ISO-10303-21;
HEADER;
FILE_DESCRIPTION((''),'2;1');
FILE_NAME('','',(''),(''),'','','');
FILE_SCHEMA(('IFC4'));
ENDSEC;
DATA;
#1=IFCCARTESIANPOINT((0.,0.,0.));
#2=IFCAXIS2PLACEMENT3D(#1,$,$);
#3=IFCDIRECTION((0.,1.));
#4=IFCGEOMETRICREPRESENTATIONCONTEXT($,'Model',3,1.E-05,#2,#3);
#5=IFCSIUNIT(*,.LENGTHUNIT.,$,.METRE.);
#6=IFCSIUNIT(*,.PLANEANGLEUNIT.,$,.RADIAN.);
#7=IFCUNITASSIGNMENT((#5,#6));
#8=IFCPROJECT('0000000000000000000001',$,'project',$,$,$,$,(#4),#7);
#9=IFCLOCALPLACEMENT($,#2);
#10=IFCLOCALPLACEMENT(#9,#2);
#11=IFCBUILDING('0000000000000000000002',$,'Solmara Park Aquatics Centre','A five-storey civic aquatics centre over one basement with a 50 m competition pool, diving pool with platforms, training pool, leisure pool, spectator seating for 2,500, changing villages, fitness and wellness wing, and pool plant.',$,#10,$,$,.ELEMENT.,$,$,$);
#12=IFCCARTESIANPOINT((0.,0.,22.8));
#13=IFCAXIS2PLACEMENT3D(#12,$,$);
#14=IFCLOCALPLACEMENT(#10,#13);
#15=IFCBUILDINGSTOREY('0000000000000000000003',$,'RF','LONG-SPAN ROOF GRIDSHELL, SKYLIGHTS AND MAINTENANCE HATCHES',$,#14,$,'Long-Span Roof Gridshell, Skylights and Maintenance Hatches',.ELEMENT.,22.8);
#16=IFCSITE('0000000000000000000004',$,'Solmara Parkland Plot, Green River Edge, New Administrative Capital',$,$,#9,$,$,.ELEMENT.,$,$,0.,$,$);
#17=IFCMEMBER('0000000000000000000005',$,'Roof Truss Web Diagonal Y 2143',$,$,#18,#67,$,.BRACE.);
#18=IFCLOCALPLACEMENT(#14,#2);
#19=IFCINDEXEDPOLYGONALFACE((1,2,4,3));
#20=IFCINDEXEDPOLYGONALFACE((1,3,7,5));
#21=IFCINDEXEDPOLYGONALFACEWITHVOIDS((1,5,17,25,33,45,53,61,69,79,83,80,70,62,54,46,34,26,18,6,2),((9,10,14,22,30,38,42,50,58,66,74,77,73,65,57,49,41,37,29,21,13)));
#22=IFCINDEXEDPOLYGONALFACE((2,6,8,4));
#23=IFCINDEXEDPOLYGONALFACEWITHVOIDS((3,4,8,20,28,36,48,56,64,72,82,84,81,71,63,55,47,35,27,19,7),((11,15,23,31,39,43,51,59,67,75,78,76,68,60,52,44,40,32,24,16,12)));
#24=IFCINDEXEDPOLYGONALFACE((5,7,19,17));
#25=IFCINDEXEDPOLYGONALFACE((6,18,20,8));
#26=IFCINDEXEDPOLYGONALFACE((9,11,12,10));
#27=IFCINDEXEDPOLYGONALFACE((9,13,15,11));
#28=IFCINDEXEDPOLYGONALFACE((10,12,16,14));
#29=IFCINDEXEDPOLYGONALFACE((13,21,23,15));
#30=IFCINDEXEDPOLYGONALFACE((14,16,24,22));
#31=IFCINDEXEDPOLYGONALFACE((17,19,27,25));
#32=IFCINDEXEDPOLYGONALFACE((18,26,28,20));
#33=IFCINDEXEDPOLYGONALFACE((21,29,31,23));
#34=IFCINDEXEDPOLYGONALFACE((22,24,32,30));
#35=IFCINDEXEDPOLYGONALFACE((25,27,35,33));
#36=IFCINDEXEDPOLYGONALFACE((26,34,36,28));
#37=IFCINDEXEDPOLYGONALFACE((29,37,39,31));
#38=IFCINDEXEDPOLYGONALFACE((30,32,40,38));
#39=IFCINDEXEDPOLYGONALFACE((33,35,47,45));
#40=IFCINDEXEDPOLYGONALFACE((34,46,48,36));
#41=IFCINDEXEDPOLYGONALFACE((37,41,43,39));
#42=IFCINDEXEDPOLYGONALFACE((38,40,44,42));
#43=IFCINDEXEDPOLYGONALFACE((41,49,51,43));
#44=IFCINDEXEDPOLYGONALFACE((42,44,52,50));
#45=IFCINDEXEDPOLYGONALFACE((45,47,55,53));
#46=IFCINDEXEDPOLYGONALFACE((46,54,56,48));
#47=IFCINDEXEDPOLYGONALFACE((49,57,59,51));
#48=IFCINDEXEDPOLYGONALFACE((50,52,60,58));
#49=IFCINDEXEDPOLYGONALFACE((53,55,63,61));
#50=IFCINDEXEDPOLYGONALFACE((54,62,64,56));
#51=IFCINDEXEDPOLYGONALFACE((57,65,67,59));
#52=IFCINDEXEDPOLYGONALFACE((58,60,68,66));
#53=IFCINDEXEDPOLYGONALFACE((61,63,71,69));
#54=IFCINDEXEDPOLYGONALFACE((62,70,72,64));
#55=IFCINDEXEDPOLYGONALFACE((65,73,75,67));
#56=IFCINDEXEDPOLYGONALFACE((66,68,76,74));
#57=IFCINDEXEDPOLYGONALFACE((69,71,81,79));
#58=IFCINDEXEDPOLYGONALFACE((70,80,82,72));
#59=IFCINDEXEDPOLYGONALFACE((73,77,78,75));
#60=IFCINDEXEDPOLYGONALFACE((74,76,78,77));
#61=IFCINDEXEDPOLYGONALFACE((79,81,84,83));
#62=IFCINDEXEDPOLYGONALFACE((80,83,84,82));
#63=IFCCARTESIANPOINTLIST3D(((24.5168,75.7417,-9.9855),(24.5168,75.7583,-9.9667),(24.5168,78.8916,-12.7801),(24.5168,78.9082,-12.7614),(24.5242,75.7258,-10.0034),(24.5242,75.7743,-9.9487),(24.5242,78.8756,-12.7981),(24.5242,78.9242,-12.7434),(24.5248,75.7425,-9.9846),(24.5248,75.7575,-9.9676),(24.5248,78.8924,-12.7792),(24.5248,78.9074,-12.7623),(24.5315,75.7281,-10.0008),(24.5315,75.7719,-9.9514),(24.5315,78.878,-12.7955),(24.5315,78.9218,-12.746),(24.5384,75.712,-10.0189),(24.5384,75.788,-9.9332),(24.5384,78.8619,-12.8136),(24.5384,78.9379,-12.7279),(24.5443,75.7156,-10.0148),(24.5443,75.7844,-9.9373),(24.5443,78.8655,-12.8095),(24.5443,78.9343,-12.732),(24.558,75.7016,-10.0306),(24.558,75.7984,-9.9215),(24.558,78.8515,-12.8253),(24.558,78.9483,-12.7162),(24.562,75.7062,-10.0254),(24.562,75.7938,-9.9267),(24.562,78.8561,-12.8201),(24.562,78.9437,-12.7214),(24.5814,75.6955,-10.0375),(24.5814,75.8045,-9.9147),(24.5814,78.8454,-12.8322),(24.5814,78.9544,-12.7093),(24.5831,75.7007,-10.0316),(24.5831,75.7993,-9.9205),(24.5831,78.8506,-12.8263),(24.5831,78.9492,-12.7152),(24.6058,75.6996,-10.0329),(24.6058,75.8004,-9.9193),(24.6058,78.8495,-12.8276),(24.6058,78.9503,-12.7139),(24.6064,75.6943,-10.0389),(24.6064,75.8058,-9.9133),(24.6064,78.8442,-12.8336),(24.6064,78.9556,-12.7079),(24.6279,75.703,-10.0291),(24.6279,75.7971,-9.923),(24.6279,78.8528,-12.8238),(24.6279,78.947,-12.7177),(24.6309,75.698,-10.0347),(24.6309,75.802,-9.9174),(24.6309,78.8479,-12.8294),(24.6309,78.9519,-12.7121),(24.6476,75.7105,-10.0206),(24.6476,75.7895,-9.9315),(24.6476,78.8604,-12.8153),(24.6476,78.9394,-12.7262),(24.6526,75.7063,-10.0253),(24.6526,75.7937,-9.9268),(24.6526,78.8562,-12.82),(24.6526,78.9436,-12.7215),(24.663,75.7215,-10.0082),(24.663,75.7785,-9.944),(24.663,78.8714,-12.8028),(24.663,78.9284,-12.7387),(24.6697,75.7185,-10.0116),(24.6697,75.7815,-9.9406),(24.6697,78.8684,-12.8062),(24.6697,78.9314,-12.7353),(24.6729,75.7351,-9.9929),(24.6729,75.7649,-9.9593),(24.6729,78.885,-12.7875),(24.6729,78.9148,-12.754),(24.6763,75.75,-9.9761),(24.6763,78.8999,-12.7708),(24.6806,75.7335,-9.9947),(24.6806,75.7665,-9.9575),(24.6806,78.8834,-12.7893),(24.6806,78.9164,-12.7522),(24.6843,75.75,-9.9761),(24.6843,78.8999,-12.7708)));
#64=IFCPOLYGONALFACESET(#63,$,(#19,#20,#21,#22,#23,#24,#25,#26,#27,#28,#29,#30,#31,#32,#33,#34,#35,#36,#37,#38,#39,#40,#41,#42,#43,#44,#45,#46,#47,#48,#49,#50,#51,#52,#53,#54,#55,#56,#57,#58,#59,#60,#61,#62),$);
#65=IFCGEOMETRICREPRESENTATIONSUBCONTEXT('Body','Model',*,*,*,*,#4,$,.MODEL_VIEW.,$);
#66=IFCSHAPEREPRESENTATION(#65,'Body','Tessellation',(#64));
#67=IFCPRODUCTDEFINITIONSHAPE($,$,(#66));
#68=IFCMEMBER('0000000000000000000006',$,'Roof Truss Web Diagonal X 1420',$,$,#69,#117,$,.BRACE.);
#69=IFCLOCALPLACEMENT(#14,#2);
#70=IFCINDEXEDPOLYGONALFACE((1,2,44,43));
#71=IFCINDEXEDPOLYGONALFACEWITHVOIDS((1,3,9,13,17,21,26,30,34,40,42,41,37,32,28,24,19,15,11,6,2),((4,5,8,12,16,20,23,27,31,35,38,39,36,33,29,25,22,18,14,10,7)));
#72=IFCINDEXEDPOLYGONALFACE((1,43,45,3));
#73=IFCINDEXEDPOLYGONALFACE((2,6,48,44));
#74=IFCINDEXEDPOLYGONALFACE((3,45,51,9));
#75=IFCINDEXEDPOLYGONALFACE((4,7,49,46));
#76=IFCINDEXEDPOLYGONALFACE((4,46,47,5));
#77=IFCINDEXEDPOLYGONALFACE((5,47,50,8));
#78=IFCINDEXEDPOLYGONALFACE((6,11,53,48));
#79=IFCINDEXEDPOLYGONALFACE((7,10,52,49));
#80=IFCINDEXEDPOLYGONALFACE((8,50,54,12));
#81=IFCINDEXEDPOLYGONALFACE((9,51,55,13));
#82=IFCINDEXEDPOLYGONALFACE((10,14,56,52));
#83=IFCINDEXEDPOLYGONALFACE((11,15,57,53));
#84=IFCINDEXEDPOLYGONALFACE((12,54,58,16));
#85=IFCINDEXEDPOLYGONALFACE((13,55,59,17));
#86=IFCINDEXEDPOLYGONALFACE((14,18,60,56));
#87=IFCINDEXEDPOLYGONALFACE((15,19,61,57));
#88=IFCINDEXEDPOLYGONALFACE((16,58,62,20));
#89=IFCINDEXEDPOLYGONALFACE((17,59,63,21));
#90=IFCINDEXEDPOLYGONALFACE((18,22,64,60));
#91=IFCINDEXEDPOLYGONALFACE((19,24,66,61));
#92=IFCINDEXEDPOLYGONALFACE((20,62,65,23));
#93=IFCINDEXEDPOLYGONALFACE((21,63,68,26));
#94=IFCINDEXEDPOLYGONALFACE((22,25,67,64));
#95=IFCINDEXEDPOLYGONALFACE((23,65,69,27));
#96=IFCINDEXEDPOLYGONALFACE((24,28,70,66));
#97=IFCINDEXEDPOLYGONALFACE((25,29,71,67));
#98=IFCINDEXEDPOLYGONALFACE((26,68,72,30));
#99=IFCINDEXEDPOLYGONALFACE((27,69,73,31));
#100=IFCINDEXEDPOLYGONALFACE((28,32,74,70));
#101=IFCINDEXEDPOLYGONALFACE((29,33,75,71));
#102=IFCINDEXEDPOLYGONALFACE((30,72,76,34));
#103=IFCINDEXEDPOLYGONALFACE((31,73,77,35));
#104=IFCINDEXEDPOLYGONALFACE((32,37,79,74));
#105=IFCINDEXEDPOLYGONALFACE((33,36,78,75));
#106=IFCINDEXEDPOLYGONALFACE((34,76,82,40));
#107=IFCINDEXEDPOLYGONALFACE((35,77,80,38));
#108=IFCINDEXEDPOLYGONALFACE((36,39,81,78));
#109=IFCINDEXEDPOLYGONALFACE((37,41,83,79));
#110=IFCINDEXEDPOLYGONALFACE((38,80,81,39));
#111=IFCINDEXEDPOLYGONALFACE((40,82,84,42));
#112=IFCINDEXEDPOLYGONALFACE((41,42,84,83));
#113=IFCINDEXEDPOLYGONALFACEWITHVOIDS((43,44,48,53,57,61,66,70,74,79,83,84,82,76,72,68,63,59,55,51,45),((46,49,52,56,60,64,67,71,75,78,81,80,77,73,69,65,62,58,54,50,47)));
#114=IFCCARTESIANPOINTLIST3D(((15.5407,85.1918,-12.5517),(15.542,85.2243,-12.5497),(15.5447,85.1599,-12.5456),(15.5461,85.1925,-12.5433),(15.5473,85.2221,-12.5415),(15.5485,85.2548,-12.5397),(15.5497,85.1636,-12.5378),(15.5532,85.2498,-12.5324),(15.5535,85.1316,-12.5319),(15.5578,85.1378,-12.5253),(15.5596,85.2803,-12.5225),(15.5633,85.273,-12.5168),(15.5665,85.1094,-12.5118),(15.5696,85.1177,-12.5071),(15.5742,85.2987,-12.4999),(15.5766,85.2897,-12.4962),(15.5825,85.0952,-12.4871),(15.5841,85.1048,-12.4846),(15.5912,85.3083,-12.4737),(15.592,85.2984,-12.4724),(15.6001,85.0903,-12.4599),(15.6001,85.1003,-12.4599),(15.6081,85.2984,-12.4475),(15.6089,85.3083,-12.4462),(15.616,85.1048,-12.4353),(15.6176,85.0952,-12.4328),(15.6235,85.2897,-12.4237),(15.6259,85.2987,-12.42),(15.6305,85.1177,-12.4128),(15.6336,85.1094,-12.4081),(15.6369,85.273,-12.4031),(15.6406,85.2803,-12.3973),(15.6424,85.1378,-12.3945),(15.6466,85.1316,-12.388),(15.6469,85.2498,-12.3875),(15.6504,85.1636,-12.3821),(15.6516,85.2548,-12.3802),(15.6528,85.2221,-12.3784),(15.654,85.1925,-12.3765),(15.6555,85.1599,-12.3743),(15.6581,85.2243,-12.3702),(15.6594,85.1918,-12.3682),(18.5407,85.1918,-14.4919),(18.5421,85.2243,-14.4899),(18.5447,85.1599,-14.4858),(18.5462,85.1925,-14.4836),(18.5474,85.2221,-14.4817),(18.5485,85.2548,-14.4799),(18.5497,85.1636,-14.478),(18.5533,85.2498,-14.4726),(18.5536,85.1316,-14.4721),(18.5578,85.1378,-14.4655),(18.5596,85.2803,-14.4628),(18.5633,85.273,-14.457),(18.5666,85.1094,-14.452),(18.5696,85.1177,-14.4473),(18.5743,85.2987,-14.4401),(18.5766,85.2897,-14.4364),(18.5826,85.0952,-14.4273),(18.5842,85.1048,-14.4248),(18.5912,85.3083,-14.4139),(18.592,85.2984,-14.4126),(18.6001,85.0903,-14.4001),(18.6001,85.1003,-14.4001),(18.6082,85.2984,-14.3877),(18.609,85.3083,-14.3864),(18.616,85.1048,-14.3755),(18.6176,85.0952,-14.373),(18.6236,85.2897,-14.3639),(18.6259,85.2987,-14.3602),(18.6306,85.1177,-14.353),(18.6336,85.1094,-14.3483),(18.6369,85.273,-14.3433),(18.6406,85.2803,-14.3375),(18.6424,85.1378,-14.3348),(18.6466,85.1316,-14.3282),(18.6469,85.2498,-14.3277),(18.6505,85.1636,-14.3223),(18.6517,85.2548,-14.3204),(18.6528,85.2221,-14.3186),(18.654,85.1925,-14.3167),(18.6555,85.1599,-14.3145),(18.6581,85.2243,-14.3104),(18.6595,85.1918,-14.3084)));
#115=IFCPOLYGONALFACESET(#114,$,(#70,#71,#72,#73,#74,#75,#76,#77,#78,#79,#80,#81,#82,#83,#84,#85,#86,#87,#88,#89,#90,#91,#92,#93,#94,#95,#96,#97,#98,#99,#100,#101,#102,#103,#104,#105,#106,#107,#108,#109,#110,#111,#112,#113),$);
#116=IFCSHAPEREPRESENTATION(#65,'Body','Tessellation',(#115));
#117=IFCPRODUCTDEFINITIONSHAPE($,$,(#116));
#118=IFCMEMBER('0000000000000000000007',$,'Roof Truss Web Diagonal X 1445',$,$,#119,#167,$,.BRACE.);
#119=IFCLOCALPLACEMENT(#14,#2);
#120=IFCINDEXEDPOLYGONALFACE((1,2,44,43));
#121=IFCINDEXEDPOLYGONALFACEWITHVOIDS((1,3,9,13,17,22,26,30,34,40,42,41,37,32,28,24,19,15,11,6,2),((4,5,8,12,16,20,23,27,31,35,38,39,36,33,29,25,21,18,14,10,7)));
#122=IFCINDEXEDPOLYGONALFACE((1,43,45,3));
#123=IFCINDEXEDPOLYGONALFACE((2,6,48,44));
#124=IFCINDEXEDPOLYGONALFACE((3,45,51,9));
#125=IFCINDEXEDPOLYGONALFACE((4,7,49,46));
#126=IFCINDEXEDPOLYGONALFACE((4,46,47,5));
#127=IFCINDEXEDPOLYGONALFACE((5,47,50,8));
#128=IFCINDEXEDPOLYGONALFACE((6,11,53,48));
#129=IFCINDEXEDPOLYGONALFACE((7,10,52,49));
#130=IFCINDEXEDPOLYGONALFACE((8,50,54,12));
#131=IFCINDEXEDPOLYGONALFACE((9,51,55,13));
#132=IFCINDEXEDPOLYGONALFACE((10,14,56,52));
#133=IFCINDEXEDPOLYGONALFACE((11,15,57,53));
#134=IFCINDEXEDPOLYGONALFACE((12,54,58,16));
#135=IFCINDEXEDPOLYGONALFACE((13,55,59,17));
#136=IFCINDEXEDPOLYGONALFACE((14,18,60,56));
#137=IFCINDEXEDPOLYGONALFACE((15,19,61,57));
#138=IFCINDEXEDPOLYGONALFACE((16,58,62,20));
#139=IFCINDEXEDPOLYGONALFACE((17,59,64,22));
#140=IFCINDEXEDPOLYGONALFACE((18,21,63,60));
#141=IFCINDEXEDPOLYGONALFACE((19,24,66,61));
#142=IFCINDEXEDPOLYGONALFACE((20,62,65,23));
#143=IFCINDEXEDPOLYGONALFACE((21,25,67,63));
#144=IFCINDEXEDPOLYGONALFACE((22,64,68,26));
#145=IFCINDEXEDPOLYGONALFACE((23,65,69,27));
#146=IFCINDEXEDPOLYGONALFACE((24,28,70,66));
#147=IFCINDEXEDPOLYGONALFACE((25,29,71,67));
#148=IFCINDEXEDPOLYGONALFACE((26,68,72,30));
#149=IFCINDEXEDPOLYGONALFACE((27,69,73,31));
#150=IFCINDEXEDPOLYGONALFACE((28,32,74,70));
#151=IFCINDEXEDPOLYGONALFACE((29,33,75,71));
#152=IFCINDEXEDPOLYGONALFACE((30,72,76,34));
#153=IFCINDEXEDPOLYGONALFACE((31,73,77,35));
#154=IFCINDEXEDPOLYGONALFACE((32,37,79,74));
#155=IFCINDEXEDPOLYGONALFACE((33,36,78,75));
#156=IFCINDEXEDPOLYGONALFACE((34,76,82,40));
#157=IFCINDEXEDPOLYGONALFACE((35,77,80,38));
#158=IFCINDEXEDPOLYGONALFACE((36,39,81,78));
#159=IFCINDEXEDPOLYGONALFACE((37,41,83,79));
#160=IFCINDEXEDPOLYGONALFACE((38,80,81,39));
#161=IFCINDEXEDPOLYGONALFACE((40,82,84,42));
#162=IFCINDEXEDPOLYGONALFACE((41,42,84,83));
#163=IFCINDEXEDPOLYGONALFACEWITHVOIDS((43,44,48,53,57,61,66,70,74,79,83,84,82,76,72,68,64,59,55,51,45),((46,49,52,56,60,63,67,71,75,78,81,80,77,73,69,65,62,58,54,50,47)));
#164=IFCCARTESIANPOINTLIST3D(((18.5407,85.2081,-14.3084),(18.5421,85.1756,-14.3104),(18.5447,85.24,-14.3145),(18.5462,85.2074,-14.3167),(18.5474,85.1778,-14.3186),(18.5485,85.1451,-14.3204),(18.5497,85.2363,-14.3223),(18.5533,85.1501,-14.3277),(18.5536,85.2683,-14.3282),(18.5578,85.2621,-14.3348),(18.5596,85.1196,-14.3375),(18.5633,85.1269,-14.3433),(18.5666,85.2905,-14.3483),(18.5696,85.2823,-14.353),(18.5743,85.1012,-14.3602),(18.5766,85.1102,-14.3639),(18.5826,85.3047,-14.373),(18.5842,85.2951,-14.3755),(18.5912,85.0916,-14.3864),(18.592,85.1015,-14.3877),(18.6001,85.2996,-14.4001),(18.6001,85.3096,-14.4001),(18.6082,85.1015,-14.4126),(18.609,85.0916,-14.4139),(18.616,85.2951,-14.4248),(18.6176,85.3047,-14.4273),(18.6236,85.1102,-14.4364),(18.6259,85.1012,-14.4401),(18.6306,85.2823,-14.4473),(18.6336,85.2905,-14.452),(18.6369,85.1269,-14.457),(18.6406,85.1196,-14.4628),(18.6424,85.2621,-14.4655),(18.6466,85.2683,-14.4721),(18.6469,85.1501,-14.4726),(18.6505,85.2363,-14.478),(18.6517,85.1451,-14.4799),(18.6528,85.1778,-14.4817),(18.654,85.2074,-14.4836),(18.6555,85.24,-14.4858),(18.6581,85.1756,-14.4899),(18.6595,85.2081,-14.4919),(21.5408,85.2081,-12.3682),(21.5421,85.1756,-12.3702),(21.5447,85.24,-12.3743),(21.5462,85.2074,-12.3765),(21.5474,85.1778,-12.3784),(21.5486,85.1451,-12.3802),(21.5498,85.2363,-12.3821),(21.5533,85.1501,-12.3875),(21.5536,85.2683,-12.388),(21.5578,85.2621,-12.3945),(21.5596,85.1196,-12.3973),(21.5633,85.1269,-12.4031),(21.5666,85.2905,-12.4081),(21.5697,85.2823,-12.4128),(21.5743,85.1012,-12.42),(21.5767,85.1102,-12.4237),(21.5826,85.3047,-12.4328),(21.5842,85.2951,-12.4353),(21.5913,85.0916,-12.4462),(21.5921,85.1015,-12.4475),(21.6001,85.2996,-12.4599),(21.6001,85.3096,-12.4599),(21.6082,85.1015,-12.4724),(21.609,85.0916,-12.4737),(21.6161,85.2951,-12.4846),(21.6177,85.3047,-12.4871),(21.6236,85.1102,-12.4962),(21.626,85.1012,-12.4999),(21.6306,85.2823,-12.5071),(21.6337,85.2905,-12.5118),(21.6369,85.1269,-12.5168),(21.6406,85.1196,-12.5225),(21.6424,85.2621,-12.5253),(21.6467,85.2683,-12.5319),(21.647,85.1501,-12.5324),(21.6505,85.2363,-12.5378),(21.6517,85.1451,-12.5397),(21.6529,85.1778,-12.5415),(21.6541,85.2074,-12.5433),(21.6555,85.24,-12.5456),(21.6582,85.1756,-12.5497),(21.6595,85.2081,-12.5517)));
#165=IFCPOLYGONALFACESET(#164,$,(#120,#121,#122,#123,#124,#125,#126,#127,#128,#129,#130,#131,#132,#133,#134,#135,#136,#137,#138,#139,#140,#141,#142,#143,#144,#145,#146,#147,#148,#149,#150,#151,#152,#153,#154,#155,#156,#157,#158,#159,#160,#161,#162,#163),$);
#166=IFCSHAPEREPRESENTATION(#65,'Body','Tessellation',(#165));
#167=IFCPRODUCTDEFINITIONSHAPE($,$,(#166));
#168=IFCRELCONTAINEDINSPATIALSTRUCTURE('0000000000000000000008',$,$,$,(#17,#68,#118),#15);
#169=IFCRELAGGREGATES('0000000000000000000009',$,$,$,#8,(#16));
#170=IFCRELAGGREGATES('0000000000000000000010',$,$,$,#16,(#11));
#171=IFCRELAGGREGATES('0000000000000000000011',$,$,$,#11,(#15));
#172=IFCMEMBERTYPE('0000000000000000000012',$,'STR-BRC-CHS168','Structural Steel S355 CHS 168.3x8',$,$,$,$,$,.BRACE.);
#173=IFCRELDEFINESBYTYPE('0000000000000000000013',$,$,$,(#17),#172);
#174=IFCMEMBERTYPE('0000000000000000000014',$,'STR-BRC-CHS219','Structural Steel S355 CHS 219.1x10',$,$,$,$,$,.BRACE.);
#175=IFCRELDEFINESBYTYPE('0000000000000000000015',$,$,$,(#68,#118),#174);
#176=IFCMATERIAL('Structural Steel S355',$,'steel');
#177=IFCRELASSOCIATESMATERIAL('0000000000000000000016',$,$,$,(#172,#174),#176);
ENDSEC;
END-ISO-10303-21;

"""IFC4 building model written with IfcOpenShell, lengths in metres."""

from ifc_helpers import new_model, si_unit, direction, frame, origin, origin_2d, place, context, subcontext, project, spatial, hollow_circle, extrude, material, material_profile, profile_set, type_object, element, save


model = new_model("IFC4")

# Units and contexts
model_context = context("Model", 3, precision=1e-05, world=origin(), true_north=direction((0.0, 1.0)))
body_context = subcontext(model_context, "Body", "Model", "MODEL_VIEW")
ifc_project = project(units=[si_unit("LENGTHUNIT", "METRE"), si_unit("PLANEANGLEUNIT", "RADIAN")], contexts=[model_context])

# Site, building, storey
site_placement = place(None, origin())
site = spatial("IfcSite", under=ifc_project, at=site_placement, Name="Solmara Parkland Plot, Green River Edge, New Administrative Capital", CompositionType="ELEMENT", RefElevation=0.0)
building_placement = place(site_placement, origin())
building = spatial("IfcBuilding", under=site, at=building_placement, Name="Solmara Park Aquatics Centre", Description="A five-storey civic aquatics centre over one basement with a 50 m competition pool, diving pool with platforms, training pool, leisure pool, spectator seating for 2,500, changing villages, fitness and wellness wing, and pool plant.", CompositionType="ELEMENT")
storey_placement = place(building_placement, frame((0.0, 0.0, 22.8)))
storey = spatial("IfcBuildingStorey", under=building, at=storey_placement, Name="RF", Description="LONG-SPAN ROOF GRIDSHELL, SKYLIGHTS AND MAINTENANCE HATCHES", LongName="Long-Span Roof Gridshell, Skylights and Maintenance Hatches", CompositionType="ELEMENT", Elevation=22.8)

# Members
ifc_material_1 = material(Name="Structural Steel S355", Category="steel")
ifc_material_profile_1 = material_profile(ifc_material_1, hollow_circle(Radius=0.0842, WallThickness=0.0081, at=origin_2d()), Name="CHS 168.3x8")
ifc_profile_set_1 = profile_set([ifc_material_profile_1], Name="Structural Steel S355")
member_type_1 = type_object("IfcMemberType", Name="STR-BRC-CHS168", Description="Structural Steel S355 CHS 168.3x8", PredefinedType="BRACE", material=ifc_profile_set_1)
member_1_placement = place(storey_placement, frame((24.6001, 78.8999, -12.7708), z_axis=(0.0, -0.748026, 0.663669), x_axis=(1.0, 0.0, 0.0)))
element("IfcMember", 1, at=member_1_placement, inside=storey, type_object=member_type_1, Name="Roof Truss Web Diagonal Y 2143", PredefinedType="BRACE", context=body_context, shape_type="SweptSolid", body=[
    extrude(hollow_circle(Radius=0.0842, WallThickness=0.0081, at=origin_2d()), origin(), (0.0, 0.0, 1.0), 4.2109),
])
ifc_material_profile_2 = material_profile(ifc_material_1, hollow_circle(Radius=0.1096, WallThickness=0.01, at=origin_2d()), Name="CHS 219.1x10")
ifc_profile_set_2 = profile_set([ifc_material_profile_2], Name="Structural Steel S355")
member_type_2 = type_object("IfcMemberType", Name="STR-BRC-CHS219", Description="Structural Steel S355 CHS 219.1x10", PredefinedType="BRACE", material=ifc_profile_set_2)
for number, where, z_axis, x_axis, name in (
    (2, (18.6001, 85.2, -14.4001), (-0.839697, 0.0, 0.543056), (0.0, -1.0, 0.0), "Roof Truss Web Diagonal X 1420"),
    (3, (18.6001, 85.2, -14.4001), (0.839697, 0.0, 0.543056), (0.0, 1.0, 0.0), "Roof Truss Web Diagonal X 1445"),
):
    element("IfcMember", number, at=place(storey_placement, frame(where, z_axis=z_axis, x_axis=x_axis)), inside=storey, type_object=member_type_2, Name=name, PredefinedType="BRACE", context=body_context, shape_type="SweptSolid", body=[
        extrude(hollow_circle(Radius=0.1096, WallThickness=0.01, at=origin_2d()), origin(), (0.0, 0.0, 1.0), 3.5728),
    ])

save(model, "model.ifc")
